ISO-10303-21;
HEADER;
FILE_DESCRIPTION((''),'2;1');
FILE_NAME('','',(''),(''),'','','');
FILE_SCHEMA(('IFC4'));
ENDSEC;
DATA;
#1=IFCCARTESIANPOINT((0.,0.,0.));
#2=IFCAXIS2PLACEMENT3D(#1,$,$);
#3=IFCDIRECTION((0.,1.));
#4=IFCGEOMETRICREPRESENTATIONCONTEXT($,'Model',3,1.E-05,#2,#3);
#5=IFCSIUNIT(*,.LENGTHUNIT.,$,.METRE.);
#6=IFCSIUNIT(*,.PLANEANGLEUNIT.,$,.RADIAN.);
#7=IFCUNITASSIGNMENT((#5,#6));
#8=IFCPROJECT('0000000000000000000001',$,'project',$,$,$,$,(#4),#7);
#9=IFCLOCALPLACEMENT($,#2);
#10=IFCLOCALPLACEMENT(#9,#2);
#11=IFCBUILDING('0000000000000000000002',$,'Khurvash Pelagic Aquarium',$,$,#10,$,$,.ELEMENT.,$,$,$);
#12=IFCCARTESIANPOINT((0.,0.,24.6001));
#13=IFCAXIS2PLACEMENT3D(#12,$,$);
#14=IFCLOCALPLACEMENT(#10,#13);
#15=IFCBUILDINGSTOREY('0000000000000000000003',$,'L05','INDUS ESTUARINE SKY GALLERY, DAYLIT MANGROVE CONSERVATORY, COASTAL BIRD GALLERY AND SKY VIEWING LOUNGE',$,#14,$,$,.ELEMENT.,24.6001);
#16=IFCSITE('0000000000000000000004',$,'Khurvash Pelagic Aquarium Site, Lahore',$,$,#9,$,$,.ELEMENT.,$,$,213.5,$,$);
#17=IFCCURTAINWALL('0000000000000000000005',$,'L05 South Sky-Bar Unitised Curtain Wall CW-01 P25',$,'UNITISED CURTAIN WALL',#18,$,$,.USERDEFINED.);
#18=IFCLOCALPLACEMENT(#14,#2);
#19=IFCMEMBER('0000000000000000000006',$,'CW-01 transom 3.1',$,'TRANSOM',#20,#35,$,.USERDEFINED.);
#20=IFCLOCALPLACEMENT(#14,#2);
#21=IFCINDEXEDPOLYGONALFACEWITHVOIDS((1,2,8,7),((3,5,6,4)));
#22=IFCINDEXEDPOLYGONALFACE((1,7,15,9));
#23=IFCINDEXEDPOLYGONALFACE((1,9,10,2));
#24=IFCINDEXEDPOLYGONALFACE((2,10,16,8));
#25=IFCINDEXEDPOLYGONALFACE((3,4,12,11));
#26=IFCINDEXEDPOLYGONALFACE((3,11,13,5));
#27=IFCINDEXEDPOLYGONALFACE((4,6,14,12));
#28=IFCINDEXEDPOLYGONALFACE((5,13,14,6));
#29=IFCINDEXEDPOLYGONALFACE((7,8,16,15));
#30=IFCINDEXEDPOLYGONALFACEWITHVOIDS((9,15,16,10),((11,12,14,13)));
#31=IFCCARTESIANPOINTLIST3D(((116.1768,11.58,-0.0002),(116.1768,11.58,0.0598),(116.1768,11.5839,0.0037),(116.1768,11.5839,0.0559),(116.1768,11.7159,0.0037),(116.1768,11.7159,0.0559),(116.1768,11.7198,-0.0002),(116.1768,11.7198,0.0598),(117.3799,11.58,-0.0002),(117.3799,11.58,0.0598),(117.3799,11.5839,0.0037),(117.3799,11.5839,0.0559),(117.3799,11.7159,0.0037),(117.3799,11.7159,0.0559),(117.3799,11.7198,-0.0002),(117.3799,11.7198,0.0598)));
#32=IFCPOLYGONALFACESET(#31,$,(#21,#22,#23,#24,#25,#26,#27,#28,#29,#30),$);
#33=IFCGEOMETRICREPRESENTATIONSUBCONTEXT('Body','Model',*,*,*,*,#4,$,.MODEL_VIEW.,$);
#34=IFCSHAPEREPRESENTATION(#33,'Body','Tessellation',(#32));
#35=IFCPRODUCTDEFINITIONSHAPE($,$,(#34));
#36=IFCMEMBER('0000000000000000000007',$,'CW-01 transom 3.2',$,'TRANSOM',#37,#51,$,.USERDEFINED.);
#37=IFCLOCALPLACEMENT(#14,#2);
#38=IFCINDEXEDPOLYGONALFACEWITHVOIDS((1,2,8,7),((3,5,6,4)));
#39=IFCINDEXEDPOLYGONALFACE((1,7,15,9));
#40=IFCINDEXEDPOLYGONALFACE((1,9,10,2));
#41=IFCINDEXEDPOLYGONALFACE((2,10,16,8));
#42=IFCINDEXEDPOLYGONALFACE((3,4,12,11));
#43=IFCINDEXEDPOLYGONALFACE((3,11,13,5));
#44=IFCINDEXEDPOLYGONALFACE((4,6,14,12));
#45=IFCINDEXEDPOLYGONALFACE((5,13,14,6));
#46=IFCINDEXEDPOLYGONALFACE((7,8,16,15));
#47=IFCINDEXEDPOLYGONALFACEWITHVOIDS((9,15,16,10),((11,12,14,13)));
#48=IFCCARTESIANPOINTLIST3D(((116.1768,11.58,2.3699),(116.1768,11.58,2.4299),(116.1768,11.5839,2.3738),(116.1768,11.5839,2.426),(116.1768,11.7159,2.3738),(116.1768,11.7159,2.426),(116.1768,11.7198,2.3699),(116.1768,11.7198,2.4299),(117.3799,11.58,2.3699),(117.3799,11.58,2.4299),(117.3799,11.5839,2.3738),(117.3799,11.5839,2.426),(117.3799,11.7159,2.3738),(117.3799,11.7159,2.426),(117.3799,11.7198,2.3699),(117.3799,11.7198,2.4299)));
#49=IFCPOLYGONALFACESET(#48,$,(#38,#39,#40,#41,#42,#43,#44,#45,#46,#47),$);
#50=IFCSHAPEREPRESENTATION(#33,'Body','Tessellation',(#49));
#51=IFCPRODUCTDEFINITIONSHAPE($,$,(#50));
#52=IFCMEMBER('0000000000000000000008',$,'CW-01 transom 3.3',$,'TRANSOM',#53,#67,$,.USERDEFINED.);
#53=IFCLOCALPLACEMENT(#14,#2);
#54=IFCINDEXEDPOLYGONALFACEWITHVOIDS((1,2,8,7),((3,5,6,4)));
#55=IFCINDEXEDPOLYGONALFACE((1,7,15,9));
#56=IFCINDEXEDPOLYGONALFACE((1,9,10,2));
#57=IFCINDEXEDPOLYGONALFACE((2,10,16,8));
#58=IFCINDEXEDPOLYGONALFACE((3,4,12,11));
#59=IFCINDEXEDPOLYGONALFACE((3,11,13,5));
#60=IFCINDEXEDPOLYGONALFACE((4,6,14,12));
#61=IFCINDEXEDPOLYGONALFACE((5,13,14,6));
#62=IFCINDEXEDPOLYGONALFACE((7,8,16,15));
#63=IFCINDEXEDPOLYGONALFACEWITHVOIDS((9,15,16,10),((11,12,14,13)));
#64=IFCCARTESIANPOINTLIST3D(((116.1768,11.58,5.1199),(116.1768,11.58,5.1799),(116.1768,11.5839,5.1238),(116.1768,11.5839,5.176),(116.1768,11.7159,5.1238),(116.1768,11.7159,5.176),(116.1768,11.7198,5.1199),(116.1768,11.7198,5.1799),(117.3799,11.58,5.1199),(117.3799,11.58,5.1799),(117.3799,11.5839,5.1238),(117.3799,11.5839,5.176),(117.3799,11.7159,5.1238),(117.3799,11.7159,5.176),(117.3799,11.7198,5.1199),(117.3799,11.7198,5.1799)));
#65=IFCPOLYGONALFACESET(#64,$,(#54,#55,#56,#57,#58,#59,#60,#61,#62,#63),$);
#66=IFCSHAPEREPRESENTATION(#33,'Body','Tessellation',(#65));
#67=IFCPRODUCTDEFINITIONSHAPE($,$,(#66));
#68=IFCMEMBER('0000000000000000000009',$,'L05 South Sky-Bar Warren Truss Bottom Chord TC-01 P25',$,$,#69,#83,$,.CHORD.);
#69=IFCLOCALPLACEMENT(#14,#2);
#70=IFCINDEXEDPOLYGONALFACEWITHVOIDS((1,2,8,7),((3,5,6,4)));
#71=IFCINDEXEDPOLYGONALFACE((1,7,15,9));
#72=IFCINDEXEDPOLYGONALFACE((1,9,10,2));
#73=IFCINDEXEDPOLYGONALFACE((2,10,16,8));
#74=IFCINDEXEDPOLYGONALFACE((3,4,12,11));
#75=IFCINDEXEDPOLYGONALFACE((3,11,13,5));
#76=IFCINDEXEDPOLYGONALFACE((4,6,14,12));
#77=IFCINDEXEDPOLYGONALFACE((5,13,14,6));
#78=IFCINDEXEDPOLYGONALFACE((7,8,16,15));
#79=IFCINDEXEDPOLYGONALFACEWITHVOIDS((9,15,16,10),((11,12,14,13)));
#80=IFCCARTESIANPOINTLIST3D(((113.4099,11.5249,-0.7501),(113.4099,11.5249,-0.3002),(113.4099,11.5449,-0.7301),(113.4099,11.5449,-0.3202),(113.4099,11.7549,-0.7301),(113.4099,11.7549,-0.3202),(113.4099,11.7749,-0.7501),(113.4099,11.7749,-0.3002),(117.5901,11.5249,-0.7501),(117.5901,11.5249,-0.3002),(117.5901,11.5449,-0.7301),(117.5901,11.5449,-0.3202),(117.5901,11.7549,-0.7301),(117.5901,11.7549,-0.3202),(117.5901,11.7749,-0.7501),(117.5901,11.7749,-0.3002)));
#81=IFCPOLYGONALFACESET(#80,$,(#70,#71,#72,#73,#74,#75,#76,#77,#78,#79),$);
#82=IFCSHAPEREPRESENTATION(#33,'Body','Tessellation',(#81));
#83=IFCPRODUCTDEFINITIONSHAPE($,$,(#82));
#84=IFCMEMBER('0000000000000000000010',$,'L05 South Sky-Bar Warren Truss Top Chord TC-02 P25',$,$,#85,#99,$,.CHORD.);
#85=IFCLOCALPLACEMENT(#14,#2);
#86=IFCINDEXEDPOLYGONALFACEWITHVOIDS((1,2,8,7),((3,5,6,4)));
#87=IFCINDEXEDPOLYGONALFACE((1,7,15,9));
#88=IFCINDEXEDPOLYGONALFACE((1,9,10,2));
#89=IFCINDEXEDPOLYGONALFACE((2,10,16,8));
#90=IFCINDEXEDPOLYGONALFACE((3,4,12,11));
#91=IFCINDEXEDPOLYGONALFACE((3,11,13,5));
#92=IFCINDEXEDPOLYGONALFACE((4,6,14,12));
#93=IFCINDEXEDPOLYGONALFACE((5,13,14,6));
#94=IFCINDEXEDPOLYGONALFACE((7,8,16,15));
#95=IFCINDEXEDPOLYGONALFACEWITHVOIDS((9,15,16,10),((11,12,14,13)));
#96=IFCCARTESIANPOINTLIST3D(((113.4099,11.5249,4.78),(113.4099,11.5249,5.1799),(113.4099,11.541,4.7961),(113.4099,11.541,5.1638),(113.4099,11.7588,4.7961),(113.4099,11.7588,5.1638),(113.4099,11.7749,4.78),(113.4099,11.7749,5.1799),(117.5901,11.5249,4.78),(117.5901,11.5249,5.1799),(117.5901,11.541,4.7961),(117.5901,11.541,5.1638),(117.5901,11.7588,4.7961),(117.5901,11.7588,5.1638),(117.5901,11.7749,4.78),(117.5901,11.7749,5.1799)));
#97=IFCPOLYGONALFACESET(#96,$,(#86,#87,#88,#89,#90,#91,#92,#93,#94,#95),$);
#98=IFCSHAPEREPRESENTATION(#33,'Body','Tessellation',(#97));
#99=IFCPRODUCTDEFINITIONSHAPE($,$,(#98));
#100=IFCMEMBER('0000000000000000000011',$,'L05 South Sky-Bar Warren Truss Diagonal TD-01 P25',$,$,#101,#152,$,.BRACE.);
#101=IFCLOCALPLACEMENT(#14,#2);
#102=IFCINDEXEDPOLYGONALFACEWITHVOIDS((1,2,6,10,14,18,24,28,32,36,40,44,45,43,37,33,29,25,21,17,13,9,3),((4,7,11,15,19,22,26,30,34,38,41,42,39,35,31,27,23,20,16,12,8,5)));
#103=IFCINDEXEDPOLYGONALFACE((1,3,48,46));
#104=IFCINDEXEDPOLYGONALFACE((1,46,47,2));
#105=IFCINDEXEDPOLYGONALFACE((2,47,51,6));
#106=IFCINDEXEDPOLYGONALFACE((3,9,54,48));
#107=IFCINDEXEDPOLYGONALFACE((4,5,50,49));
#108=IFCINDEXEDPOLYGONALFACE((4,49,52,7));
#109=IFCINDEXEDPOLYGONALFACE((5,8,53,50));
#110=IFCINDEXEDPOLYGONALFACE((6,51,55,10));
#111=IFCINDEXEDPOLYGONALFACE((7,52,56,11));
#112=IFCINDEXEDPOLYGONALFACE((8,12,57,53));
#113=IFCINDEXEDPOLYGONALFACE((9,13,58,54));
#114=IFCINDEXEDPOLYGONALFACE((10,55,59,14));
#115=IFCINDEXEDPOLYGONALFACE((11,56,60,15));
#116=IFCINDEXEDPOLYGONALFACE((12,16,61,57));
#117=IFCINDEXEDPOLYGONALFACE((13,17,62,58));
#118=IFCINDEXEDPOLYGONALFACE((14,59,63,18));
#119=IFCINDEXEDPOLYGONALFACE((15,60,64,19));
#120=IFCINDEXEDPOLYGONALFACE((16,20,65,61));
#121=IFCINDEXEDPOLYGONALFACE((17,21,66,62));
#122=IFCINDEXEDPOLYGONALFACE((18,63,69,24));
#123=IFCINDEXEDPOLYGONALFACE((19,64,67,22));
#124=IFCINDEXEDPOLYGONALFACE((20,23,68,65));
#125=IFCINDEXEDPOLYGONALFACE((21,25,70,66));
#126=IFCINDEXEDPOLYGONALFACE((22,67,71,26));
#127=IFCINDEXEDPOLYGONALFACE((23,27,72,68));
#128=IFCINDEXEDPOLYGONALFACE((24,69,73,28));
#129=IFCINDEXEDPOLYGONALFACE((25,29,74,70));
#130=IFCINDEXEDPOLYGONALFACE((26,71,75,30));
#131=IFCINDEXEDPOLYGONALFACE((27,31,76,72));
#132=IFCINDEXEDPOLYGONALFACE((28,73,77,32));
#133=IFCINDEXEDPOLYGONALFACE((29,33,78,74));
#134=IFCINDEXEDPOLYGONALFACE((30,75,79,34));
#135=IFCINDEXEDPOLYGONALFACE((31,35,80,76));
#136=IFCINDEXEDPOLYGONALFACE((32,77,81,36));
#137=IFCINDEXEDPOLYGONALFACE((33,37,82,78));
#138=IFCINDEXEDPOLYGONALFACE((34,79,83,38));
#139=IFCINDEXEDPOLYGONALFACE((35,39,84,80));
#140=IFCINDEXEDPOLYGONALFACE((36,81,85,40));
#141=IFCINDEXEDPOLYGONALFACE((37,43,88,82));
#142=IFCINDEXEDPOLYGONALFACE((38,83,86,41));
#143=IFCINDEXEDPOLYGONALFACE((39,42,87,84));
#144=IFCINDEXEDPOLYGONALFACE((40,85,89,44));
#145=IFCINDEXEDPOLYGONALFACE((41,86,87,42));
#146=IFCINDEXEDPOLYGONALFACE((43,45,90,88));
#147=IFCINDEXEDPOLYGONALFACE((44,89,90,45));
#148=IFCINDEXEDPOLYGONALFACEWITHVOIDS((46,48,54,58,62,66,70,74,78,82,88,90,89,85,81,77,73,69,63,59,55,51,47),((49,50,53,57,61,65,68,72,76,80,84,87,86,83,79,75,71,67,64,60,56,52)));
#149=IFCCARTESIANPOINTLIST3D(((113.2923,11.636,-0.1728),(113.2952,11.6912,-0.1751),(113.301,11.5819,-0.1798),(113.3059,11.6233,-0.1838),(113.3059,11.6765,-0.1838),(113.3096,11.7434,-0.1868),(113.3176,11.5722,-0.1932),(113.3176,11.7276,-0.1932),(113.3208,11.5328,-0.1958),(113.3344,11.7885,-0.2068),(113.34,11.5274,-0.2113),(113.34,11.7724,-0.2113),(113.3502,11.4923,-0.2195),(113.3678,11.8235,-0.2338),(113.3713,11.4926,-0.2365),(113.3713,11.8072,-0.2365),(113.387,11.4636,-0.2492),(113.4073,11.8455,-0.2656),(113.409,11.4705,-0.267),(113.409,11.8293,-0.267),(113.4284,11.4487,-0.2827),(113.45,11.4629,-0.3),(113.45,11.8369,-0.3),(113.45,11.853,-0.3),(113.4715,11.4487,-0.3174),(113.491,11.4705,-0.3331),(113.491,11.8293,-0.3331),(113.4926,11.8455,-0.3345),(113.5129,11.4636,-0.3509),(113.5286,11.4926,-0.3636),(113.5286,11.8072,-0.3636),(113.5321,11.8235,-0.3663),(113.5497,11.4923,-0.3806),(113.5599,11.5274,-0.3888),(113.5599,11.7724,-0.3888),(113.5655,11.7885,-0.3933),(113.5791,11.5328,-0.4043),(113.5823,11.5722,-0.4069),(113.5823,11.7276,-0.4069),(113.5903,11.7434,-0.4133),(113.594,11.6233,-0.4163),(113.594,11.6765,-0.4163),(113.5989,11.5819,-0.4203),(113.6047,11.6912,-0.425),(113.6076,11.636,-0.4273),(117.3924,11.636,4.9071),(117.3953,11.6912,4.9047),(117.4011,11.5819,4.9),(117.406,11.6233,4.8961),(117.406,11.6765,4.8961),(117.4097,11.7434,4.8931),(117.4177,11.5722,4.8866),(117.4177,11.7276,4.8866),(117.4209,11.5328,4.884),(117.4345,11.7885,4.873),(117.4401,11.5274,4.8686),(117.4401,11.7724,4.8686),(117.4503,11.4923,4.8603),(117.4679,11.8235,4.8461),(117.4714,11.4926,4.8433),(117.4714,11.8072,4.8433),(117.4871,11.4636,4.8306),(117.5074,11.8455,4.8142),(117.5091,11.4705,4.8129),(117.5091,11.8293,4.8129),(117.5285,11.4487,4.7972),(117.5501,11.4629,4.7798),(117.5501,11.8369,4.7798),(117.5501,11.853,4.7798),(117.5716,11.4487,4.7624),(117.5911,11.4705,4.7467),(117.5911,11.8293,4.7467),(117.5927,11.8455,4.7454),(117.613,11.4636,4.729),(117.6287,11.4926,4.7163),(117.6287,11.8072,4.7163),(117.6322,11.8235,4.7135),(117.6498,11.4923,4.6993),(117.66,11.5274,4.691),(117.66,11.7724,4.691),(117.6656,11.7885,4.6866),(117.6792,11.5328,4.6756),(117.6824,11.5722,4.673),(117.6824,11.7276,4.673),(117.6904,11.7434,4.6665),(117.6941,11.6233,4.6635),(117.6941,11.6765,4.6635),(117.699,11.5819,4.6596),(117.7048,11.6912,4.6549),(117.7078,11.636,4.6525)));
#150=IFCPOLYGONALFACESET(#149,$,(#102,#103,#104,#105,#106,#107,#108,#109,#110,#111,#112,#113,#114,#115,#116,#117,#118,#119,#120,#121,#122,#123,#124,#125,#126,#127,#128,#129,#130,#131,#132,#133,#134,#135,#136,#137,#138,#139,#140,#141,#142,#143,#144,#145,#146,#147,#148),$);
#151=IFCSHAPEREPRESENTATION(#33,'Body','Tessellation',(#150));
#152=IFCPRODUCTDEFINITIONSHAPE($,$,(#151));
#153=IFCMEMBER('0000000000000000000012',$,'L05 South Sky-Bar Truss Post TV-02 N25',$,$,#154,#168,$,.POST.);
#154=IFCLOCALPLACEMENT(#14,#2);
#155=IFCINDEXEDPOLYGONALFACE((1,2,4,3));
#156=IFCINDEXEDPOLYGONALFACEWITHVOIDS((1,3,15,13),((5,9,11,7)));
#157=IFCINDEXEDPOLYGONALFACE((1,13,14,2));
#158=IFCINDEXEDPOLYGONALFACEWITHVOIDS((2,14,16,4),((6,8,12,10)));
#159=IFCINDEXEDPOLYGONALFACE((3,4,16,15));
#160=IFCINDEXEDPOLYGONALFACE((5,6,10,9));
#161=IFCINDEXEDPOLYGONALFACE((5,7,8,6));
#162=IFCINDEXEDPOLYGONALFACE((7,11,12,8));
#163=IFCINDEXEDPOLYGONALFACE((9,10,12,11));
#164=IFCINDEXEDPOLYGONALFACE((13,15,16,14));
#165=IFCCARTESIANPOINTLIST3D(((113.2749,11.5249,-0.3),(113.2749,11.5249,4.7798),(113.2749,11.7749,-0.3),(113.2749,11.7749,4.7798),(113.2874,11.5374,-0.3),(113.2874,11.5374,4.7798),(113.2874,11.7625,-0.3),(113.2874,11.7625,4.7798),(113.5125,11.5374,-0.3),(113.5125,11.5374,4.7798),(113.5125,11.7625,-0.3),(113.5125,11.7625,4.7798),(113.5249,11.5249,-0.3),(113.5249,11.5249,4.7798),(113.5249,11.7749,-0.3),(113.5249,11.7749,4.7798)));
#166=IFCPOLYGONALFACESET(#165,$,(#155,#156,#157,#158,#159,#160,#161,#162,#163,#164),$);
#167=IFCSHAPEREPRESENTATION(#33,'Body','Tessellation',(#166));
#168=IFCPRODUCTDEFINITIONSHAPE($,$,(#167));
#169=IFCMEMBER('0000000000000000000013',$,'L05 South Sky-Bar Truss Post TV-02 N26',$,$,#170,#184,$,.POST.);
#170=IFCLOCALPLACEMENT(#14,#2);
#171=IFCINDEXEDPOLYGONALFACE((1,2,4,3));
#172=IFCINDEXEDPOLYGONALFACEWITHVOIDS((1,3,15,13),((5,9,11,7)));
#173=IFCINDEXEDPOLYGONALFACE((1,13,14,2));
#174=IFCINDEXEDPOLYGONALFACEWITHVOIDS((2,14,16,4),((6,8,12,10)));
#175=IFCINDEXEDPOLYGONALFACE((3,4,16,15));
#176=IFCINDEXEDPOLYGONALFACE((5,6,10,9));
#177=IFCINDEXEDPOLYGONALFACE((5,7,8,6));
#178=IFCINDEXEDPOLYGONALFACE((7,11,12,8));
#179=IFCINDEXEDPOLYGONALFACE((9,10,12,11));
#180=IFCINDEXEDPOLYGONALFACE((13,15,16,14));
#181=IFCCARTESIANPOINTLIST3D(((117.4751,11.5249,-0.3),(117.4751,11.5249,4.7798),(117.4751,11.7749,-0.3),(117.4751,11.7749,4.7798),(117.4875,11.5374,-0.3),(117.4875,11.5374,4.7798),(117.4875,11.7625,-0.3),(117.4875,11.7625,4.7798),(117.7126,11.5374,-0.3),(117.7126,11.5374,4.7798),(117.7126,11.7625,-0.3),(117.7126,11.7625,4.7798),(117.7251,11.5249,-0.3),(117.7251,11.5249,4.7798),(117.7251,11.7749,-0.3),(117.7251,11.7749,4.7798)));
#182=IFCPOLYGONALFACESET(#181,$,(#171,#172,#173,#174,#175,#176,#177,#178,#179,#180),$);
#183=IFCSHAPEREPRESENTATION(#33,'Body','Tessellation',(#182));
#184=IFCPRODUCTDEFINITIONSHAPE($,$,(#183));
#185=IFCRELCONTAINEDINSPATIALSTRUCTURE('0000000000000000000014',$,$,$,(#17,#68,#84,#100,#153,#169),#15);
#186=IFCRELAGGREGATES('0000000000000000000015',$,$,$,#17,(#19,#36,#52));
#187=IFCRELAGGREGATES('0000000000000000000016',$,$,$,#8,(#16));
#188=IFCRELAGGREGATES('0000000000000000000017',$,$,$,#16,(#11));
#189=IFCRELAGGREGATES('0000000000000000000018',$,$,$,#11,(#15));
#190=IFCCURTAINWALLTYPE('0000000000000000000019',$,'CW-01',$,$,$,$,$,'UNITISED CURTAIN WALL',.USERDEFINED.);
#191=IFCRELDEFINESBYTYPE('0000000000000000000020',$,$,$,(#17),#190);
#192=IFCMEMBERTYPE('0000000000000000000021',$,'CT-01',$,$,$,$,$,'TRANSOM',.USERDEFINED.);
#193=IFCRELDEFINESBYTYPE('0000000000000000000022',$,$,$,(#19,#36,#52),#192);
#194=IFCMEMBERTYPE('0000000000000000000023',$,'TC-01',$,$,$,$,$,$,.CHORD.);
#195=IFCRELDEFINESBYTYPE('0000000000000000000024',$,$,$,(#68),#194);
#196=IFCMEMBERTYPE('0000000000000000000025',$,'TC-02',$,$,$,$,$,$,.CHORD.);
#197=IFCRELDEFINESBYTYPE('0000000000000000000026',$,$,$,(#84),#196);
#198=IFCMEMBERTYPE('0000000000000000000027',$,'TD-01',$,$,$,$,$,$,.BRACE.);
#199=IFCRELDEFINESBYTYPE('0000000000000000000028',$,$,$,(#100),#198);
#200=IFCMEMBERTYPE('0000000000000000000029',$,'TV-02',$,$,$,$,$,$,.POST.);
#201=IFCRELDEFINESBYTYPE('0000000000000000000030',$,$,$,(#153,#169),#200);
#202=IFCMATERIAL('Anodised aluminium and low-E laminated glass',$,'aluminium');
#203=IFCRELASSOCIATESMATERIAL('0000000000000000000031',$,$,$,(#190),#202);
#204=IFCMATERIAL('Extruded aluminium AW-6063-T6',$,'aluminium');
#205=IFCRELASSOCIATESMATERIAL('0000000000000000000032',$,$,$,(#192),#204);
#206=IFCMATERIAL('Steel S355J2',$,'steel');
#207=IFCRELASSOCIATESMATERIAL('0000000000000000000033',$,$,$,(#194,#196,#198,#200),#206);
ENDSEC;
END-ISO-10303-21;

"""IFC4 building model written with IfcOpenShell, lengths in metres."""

from ifc_helpers import new_model, si_unit, direction, frame, origin, origin_2d, place, context, subcontext, project, spatial, hollow_rectangle, hollow_circle, extrude, material, material_profile, profile_set, type_object, element, aggregate, save


model = new_model("IFC4")

# Units and contexts
model_context = context("Model", 3, precision=1e-05, world=origin(), true_north=direction((0.0, 1.0)))
body_context = subcontext(model_context, "Body", "Model", "MODEL_VIEW")
ifc_project = project(units=[si_unit("LENGTHUNIT", "METRE"), si_unit("PLANEANGLEUNIT", "RADIAN")], contexts=[model_context])

# Site, building, storey
site_placement = place(None, origin())
site = spatial("IfcSite", under=ifc_project, at=site_placement, Name="Khurvash Pelagic Aquarium Site, Lahore", CompositionType="ELEMENT", RefElevation=213.5)
building_placement = place(site_placement, origin())
building = spatial("IfcBuilding", under=site, at=building_placement, Name="Khurvash Pelagic Aquarium", CompositionType="ELEMENT")
storey_placement = place(building_placement, frame((0.0, 0.0, 24.6001)))
storey = spatial("IfcBuildingStorey", under=building, at=storey_placement, Name="L05", Description="INDUS ESTUARINE SKY GALLERY, DAYLIT MANGROVE CONSERVATORY, COASTAL BIRD GALLERY AND SKY VIEWING LOUNGE", CompositionType="ELEMENT", Elevation=24.6001)

# Shared definitions
ifc_material_1 = material(Name="Anodised aluminium and low-E laminated glass", Category="aluminium")
curtain_wall_type = type_object("IfcCurtainWallType", Name="CW-01", ElementType="UNITISED CURTAIN WALL", PredefinedType="USERDEFINED", material=ifc_material_1)
ifc_material_2 = material(Name="Extruded aluminium AW-6063-T6", Category="aluminium")

# Curtain wall, members
curtain_wall_1_placement = place(storey_placement, origin())
curtain_wall_1 = element("IfcCurtainWall", 1, at=curtain_wall_1_placement, inside=storey, type_object=curtain_wall_type, Name="L05 South Sky-Bar Unitised Curtain Wall CW-01 P25", ObjectType="UNITISED CURTAIN WALL", PredefinedType="USERDEFINED")
ifc_material_profile_1 = material_profile(ifc_material_2, hollow_rectangle(XDim=0.1399, YDim=0.0601, WallThickness=0.0039, at=origin_2d()), Name="CWT140X60X4")
ifc_profile_set_1 = profile_set([ifc_material_profile_1], Name="Extruded aluminium AW-6063-T6")
member_type_1 = type_object("IfcMemberType", Name="CT-01", ElementType="TRANSOM", PredefinedType="USERDEFINED", material=ifc_profile_set_1)
member_1_placement = place(storey_placement, frame((116.1768, 11.6499, 0.0298), z_axis=(1.0, 0.0, 0.0), x_axis=(0.0, 1.0, 0.0)))
member_1 = element("IfcMember", 2, at=member_1_placement, type_object=member_type_1, Name="CW-01 transom 3.1", ObjectType="TRANSOM", PredefinedType="USERDEFINED", context=body_context, shape_type="SweptSolid", body=[
    extrude(hollow_rectangle(XDim=0.1399, YDim=0.0601, WallThickness=0.0039, at=origin_2d()), origin(), (0.0, 0.0, 1.0), 1.2031),
])
member_2_placement = place(storey_placement, frame((116.1768, 11.6499, 2.3999), z_axis=(1.0, 0.0, 0.0), x_axis=(0.0, 1.0, 0.0)))
member_2 = element("IfcMember", 3, at=member_2_placement, type_object=member_type_1, Name="CW-01 transom 3.2", ObjectType="TRANSOM", PredefinedType="USERDEFINED", context=body_context, shape_type="SweptSolid", body=[
    extrude(hollow_rectangle(XDim=0.1399, YDim=0.0601, WallThickness=0.0039, at=origin_2d()), origin(), (0.0, 0.0, 1.0), 1.2031),
])
member_3_placement = place(storey_placement, frame((116.1768, 11.6499, 5.1499), z_axis=(1.0, 0.0, 0.0), x_axis=(0.0, 1.0, 0.0)))
member_3 = element("IfcMember", 4, at=member_3_placement, type_object=member_type_1, Name="CW-01 transom 3.3", ObjectType="TRANSOM", PredefinedType="USERDEFINED", context=body_context, shape_type="SweptSolid", body=[
    extrude(hollow_rectangle(XDim=0.1399, YDim=0.0601, WallThickness=0.0039, at=origin_2d()), origin(), (0.0, 0.0, 1.0), 1.2031),
])

# Members
ifc_material_3 = material(Name="Steel S355J2", Category="steel")
ifc_material_profile_2 = material_profile(ifc_material_3, hollow_rectangle(XDim=0.25, YDim=0.45, WallThickness=0.02, at=origin_2d()), Name="RHS450X250X20")
ifc_profile_set_2 = profile_set([ifc_material_profile_2], Name="Steel S355J2")
member_type_2 = type_object("IfcMemberType", Name="TC-01", PredefinedType="CHORD", material=ifc_profile_set_2)
member_4_placement = place(storey_placement, frame((113.4099, 11.6499, -0.5251), z_axis=(1.0, 0.0, 0.0), x_axis=(0.0, 1.0, 0.0)))
element("IfcMember", 5, at=member_4_placement, inside=storey, type_object=member_type_2, Name="L05 South Sky-Bar Warren Truss Bottom Chord TC-01 P25", PredefinedType="CHORD", context=body_context, shape_type="SweptSolid", body=[
    extrude(hollow_rectangle(XDim=0.25, YDim=0.45, WallThickness=0.02, at=origin_2d()), origin(), (0.0, 0.0, 1.0), 4.1802),
])
ifc_material_profile_3 = material_profile(ifc_material_3, hollow_rectangle(XDim=0.25, YDim=0.3999, WallThickness=0.0161, at=origin_2d()), Name="RHS400X250X16")
ifc_profile_set_3 = profile_set([ifc_material_profile_3], Name="Steel S355J2")
member_type_3 = type_object("IfcMemberType", Name="TC-02", PredefinedType="CHORD", material=ifc_profile_set_3)
member_5_placement = place(storey_placement, frame((113.4099, 11.6499, 4.98), z_axis=(1.0, 0.0, 0.0), x_axis=(0.0, 1.0, 0.0)))
element("IfcMember", 6, at=member_5_placement, inside=storey, type_object=member_type_3, Name="L05 South Sky-Bar Warren Truss Top Chord TC-02 P25", PredefinedType="CHORD", context=body_context, shape_type="SweptSolid", body=[
    extrude(hollow_rectangle(XDim=0.25, YDim=0.3999, WallThickness=0.0161, at=origin_2d()), origin(), (0.0, 0.0, 1.0), 4.1802),
])
ifc_material_profile_4 = material_profile(ifc_material_3, hollow_circle(Radius=0.2031, WallThickness=0.0161, at=origin_2d()), Name="CHS406X16")
ifc_profile_set_4 = profile_set([ifc_material_profile_4], Name="Steel S355J2")
member_type_4 = type_object("IfcMemberType", Name="TD-01", PredefinedType="BRACE", material=ifc_profile_set_4)
member_6_placement = place(storey_placement, frame((113.45, 11.6499, -0.3), z_axis=(0.628073, 0.0, 0.778154), x_axis=(0.0, 1.0, 0.0)))
element("IfcMember", 7, at=member_6_placement, inside=storey, type_object=member_type_4, Name="L05 South Sky-Bar Warren Truss Diagonal TD-01 P25", PredefinedType="BRACE", context=body_context, shape_type="SweptSolid", body=[
    extrude(hollow_circle(Radius=0.2031, WallThickness=0.0161, at=origin_2d()), origin(), (0.0, 0.0, 1.0), 6.5281),
])
ifc_material_profile_5 = material_profile(ifc_material_3, hollow_rectangle(XDim=0.25, YDim=0.25, WallThickness=0.0125, at=origin_2d()), Name="SHS250X250X12")
ifc_profile_set_5 = profile_set([ifc_material_profile_5], Name="Steel S355J2")
member_type_5 = type_object("IfcMemberType", Name="TV-02", PredefinedType="POST", material=ifc_profile_set_5)
for number, where, z_axis, x_axis, name in (
    (8, (113.3999, 11.6499, -0.3), (0.0, 0.0, 1.0), (1.0, 0.0, 0.0), "L05 South Sky-Bar Truss Post TV-02 N25"),
    (9, (117.6001, 11.6499, -0.3), (0.0, 0.0, 1.0), (1.0, 0.0, 0.0), "L05 South Sky-Bar Truss Post TV-02 N26"),
):
    element("IfcMember", number, at=place(storey_placement, frame(where, z_axis=z_axis, x_axis=x_axis)), inside=storey, type_object=member_type_5, Name=name, PredefinedType="POST", context=body_context, shape_type="SweptSolid", body=[
        extrude(hollow_rectangle(XDim=0.25, YDim=0.25, WallThickness=0.0125, at=origin_2d()), origin(), (0.0, 0.0, 1.0), 5.0798),
    ])

aggregate(curtain_wall_1, [member_1, member_2, member_3])

save(model, "model.ifc")
